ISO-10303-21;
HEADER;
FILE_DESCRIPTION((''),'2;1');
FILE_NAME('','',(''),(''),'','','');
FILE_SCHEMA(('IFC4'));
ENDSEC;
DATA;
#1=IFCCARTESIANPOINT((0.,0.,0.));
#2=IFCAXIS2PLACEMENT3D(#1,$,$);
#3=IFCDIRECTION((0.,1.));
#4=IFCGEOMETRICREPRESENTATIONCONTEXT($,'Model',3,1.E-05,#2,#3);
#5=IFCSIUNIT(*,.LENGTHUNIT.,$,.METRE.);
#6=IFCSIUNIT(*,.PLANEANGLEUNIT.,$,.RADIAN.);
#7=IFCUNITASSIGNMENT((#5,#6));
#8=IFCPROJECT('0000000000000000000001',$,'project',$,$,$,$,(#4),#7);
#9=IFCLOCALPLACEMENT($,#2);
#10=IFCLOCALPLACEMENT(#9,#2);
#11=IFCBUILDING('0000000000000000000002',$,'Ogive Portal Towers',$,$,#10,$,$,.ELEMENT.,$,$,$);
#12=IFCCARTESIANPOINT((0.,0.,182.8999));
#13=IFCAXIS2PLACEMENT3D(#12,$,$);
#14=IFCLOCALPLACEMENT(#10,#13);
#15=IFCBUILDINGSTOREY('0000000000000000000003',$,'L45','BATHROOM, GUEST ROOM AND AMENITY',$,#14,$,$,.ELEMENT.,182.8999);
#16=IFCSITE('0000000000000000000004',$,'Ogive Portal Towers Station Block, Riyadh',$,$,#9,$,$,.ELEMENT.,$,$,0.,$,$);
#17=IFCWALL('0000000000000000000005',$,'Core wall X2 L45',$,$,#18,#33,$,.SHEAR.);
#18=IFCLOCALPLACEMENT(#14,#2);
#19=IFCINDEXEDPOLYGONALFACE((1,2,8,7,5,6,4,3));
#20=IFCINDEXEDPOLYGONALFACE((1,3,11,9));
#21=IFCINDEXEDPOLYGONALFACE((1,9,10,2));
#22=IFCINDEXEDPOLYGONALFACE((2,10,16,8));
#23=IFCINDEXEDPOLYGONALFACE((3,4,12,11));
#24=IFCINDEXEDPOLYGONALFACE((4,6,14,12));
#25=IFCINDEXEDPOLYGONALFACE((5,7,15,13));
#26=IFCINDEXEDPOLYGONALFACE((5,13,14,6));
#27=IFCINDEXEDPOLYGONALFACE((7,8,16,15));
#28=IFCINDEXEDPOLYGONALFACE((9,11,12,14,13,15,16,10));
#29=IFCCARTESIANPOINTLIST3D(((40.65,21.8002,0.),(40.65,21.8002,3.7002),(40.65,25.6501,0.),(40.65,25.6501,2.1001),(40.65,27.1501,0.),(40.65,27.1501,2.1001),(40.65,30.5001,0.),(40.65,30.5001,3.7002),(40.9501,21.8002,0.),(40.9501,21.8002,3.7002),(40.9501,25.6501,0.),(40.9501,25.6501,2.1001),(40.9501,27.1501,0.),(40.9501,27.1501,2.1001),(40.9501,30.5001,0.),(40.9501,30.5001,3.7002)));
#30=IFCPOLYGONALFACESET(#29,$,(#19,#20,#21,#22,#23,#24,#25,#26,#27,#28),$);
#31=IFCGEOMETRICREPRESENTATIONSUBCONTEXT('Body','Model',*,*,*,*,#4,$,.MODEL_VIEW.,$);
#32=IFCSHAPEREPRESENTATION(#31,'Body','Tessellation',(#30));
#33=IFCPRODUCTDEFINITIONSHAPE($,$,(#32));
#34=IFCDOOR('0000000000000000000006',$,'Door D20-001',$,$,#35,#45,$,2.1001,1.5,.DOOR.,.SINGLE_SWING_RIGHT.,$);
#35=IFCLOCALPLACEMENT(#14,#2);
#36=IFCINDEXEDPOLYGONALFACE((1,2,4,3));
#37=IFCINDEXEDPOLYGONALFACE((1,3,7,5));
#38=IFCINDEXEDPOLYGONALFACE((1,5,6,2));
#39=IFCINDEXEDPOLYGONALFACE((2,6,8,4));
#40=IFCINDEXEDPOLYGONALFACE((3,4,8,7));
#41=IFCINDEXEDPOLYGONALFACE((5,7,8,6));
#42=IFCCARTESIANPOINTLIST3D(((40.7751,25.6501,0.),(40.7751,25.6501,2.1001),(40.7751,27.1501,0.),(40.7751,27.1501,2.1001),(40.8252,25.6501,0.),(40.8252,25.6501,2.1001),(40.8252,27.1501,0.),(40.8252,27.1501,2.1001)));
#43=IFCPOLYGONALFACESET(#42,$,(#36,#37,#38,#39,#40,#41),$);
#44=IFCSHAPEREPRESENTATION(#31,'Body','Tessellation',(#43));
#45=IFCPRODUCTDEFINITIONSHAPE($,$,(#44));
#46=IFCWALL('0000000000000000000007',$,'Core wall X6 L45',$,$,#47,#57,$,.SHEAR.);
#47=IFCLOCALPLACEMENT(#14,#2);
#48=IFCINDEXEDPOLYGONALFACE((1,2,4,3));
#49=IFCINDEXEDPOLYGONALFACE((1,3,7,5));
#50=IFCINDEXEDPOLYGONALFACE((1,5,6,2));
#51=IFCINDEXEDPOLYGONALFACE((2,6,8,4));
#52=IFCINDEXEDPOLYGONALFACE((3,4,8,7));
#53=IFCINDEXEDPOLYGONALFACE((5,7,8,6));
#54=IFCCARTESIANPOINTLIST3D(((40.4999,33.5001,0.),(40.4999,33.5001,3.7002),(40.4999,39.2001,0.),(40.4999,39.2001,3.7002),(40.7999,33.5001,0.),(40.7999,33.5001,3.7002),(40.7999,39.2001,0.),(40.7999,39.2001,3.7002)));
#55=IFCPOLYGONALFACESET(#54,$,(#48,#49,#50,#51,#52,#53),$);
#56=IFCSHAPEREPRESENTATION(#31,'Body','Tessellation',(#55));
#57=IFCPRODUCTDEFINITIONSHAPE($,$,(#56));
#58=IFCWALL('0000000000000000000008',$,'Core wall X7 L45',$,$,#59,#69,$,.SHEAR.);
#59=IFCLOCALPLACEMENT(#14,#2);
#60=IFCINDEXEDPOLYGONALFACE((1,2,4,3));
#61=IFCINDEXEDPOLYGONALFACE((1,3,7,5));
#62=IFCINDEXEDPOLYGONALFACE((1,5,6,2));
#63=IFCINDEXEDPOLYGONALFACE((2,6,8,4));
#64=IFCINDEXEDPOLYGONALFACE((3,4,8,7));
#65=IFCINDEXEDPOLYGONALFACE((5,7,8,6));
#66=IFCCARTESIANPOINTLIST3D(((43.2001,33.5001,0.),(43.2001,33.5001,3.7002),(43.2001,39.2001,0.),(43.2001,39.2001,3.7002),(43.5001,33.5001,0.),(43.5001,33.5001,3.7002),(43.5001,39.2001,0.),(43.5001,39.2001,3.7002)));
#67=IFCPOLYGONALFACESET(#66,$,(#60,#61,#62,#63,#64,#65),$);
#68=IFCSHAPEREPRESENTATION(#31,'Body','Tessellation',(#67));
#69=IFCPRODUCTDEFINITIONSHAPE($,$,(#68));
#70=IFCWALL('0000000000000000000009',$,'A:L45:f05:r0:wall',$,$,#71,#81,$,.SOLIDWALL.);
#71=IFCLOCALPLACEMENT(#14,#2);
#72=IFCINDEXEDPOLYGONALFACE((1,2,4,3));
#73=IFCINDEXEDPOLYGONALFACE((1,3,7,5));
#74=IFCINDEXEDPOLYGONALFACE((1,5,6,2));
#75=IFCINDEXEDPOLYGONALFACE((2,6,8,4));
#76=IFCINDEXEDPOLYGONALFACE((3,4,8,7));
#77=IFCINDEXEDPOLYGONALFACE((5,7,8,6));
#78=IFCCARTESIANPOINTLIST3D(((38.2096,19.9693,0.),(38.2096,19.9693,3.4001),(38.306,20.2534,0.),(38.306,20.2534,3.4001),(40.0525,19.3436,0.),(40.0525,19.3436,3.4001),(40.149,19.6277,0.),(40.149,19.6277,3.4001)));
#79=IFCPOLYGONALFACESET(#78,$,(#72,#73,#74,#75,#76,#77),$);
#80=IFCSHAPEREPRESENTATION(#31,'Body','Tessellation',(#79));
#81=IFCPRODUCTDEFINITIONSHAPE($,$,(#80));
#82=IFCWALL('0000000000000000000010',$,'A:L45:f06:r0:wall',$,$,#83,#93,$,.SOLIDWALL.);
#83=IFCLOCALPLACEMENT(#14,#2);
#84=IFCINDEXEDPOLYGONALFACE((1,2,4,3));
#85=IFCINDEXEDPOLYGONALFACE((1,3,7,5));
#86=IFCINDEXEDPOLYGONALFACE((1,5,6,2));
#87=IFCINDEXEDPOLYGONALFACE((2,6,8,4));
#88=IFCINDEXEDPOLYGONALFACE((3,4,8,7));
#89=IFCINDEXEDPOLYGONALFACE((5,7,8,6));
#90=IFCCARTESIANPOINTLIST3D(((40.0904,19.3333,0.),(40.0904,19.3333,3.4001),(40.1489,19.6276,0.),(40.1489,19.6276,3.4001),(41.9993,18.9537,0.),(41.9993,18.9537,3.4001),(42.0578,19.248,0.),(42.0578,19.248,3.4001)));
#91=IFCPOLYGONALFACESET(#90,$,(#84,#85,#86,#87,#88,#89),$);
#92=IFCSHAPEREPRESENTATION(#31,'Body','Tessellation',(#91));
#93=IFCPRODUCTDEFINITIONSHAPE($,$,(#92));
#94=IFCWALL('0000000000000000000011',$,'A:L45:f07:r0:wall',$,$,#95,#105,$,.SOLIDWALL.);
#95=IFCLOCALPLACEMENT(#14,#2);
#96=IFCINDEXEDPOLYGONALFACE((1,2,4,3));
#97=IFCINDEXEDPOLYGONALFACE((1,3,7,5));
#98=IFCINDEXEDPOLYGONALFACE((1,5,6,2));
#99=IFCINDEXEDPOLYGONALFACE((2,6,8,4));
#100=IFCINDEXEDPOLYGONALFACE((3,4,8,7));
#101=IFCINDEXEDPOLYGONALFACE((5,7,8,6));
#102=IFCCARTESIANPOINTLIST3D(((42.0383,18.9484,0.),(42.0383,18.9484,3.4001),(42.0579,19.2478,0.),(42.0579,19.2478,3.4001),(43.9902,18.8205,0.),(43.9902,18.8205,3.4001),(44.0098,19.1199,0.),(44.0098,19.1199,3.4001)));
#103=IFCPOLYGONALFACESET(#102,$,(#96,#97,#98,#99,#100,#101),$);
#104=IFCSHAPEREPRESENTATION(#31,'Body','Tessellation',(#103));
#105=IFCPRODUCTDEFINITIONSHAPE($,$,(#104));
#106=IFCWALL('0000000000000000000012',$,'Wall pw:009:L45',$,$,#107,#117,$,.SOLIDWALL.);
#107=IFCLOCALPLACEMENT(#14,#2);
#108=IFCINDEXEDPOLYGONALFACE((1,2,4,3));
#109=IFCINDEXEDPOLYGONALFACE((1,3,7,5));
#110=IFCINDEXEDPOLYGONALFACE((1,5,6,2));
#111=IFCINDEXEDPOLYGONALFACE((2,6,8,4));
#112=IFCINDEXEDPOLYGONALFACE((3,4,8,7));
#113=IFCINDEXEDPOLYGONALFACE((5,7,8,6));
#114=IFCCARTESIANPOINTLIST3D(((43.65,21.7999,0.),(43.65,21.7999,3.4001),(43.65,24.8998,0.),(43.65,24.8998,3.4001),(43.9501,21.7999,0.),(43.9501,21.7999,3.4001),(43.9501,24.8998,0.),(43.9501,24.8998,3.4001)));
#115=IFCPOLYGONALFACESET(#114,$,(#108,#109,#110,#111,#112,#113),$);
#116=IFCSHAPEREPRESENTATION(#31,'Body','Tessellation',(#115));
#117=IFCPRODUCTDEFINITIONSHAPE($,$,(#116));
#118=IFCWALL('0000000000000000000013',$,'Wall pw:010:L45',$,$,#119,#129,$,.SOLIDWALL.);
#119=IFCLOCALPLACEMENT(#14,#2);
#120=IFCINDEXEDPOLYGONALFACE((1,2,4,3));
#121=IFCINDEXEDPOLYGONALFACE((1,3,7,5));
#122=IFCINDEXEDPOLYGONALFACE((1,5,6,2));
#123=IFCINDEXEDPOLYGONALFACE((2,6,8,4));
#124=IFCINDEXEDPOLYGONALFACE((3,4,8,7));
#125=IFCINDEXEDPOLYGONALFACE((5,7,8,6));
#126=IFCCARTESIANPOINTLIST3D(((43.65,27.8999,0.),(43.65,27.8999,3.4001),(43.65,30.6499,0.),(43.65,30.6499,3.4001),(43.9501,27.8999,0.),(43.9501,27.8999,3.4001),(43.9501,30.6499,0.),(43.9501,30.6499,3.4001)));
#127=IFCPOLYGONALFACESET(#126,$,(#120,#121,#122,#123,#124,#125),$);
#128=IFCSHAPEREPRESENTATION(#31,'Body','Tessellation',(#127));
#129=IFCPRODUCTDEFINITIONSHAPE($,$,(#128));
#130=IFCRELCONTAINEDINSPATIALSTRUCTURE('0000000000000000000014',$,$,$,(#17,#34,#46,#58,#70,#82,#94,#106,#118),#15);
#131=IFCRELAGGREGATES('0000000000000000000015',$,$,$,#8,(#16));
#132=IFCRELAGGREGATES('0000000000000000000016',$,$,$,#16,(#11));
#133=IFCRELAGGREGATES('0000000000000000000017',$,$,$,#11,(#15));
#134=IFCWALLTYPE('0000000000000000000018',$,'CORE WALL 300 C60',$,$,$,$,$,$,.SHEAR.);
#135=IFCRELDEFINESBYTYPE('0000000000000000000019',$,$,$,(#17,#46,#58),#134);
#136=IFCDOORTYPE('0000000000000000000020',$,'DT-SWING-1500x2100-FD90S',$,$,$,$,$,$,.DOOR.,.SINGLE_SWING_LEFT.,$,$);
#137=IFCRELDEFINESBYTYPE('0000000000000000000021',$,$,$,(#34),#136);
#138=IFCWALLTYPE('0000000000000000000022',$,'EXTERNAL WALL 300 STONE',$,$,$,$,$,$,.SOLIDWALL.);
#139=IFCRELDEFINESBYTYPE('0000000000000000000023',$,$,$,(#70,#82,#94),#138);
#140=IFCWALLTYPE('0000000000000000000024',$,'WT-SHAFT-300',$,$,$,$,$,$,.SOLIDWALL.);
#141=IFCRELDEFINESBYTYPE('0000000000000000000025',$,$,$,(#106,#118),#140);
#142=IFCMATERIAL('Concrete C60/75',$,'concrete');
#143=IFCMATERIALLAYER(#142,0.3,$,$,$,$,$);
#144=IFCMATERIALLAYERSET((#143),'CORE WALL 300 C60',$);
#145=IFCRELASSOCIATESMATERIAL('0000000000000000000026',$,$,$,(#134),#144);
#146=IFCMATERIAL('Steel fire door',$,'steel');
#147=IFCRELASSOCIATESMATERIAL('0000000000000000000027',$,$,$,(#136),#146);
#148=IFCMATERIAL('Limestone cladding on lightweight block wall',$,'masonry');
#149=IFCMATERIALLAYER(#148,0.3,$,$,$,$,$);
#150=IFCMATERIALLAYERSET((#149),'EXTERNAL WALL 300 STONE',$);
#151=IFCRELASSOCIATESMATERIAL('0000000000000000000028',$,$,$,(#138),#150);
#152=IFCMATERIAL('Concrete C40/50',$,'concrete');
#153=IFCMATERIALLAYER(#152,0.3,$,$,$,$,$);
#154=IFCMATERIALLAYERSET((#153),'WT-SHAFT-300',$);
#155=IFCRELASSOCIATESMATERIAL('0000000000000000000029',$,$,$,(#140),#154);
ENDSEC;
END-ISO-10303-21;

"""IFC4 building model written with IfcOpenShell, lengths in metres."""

from ifc_helpers import new_model, si_unit, direction, frame, frame_2d, origin, place, context, subcontext, project, spatial, rectangle, extrude, material, layer, layer_set, type_object, element, fill, save


model = new_model("IFC4")

# Units and contexts
model_context = context("Model", 3, precision=1e-05, world=origin(), true_north=direction((0.0, 1.0)))
body_context = subcontext(model_context, "Body", "Model", "MODEL_VIEW")
ifc_project = project(units=[si_unit("LENGTHUNIT", "METRE"), si_unit("PLANEANGLEUNIT", "RADIAN")], contexts=[model_context])

# Site, building, storey
site_placement = place(None, origin())
site = spatial("IfcSite", under=ifc_project, at=site_placement, Name="Ogive Portal Towers Station Block, Riyadh", CompositionType="ELEMENT", RefElevation=0.0)
building_placement = place(site_placement, origin())
building = spatial("IfcBuilding", under=site, at=building_placement, Name="Ogive Portal Towers", CompositionType="ELEMENT")
storey_placement = place(building_placement, frame((0.0, 0.0, 182.8999)))
storey = spatial("IfcBuildingStorey", under=building, at=storey_placement, Name="L45", Description="BATHROOM, GUEST ROOM AND AMENITY", CompositionType="ELEMENT", Elevation=182.8999)

# Wall, opening, door
ifc_material_1 = material(Name="Concrete C60/75", Category="concrete")
ifc_layer_1 = layer(ifc_material_1, 0.3)
ifc_layer_set_1 = layer_set([ifc_layer_1], Name="CORE WALL 300 C60")
wall_type_1 = type_object("IfcWallType", Name="CORE WALL 300 C60", PredefinedType="SHEAR", material=ifc_layer_set_1)
wall_1_placement = place(storey_placement, frame((40.8, 21.8, 0.0), z_axis=(0.0, 0.0, 1.0), x_axis=(0.0, 1.0, 0.0)))
wall_1 = element("IfcWall", 1, at=wall_1_placement, inside=storey, type_object=wall_type_1, Name="Core wall X2 L45", PredefinedType="SHEAR", context=body_context, shape_type="SweptSolid", body=[
    extrude(rectangle(XDim=8.7, YDim=0.3, at=frame_2d((4.3501, 0.0))), origin(), (0.0, 0.0, 1.0), 3.7002),
])
opening_1_placement = place(wall_1_placement, frame((3.8501, 0.0, 0.0)))
opening_1 = element("IfcOpeningElement", 2, at=opening_1_placement, cuts=wall_1, PredefinedType="OPENING", context=body_context, shape_type="SweptSolid", body=[
    extrude(rectangle(XDim=1.5, YDim=2.1001, at=frame_2d((0.75, 1.05))), frame((0.0, 0.1602, 0.0), z_axis=(0.0, -1.0, 0.0), x_axis=(1.0, 0.0, 0.0)), (0.0, 0.0, 1.0), 0.3201),
])
ifc_material_2 = material(Name="Steel fire door", Category="steel")
door_type_1 = type_object("IfcDoorType", Name="DT-SWING-1500x2100-FD90S", OperationType="SINGLE_SWING_LEFT", PredefinedType="DOOR", material=ifc_material_2)
door_1_placement = place(opening_1_placement, origin())
door_1 = element("IfcDoor", 3, at=door_1_placement, inside=storey, type_object=door_type_1, Name="Door D20-001", OperationType="SINGLE_SWING_RIGHT", OverallHeight=2.1001, OverallWidth=1.5, PredefinedType="DOOR", context=body_context, shape_type="SweptSolid", body=[
    extrude(rectangle(XDim=1.5, YDim=2.1001, at=frame_2d((0.75, 1.05))), frame((0.0, 0.0249, 0.0), z_axis=(0.0, -1.0, 0.0), x_axis=(1.0, 0.0, 0.0)), (0.0, 0.0, 1.0), 0.05),
])
fill(opening_1, door_1)

# Walls
for number, where, z_axis, x_axis, name in (
    (4, (40.6499, 33.5, 0.0), (0.0, 0.0, 1.0), (0.0, 1.0, 0.0), "Core wall X6 L45"),
    (5, (43.3501, 33.5, 0.0), (0.0, 0.0, 1.0), (0.0, 1.0, 0.0), "Core wall X7 L45"),
):
    element("IfcWall", number, at=place(storey_placement, frame(where, z_axis=z_axis, x_axis=x_axis)), inside=storey, type_object=wall_type_1, Name=name, PredefinedType="SHEAR", context=body_context, shape_type="SweptSolid", body=[
        extrude(rectangle(XDim=5.7, YDim=0.3, at=frame_2d((2.8501, 0.0))), origin(), (0.0, 0.0, 1.0), 3.7002),
    ])
ifc_material_3 = material(Name="Limestone cladding on lightweight block wall", Category="masonry")
ifc_layer_2 = layer(ifc_material_3, 0.3)
ifc_layer_set_2 = layer_set([ifc_layer_2], Name="EXTERNAL WALL 300 STONE")
wall_type_2 = type_object("IfcWallType", Name="EXTERNAL WALL 300 STONE", PredefinedType="SOLIDWALL", material=ifc_layer_set_2)
for number, where, z_axis, x_axis, name in (
    (6, (38.2578, 20.1113, 0.0), (0.0, 0.0, 1.0), (0.946913, -0.321491, 0.0), "A:L45:f05:r0:wall"),
    (7, (40.1196, 19.4805, 0.0), (0.0, 0.0, 1.0), (0.980792, -0.195055, 0.0), "A:L45:f06:r0:wall"),
):
    element("IfcWall", number, at=place(storey_placement, frame(where, z_axis=z_axis, x_axis=x_axis)), inside=storey, type_object=wall_type_2, Name=name, PredefinedType="SOLIDWALL", context=body_context, shape_type="SweptSolid", body=[
        extrude(rectangle(XDim=1.9463, YDim=0.3, at=frame_2d((0.9731, 0.0))), origin(), (0.0, 0.0, 1.0), 3.4001),
    ])
wall_2_placement = place(storey_placement, frame((42.0481, 19.0981, 0.0), z_axis=(0.0, 0.0, 1.0), x_axis=(0.997859, -0.065401, 0.0)))
element("IfcWall", 8, at=wall_2_placement, inside=storey, type_object=wall_type_2, Name="A:L45:f07:r0:wall", PredefinedType="SOLIDWALL", context=body_context, shape_type="SweptSolid", body=[
    extrude(rectangle(XDim=1.9561, YDim=0.3, at=frame_2d((0.978, 0.0))), origin(), (0.0, 0.0, 1.0), 3.4001),
])

# Shared definitions
ifc_material_4 = material(Name="Concrete C40/50", Category="concrete")
ifc_layer_3 = layer(ifc_material_4, 0.3)
ifc_layer_set_3 = layer_set([ifc_layer_3], Name="WT-SHAFT-300")
wall_type_3 = type_object("IfcWallType", Name="WT-SHAFT-300", PredefinedType="SOLIDWALL", material=ifc_layer_set_3)

# Walls
wall_3_placement = place(storey_placement, frame((43.8, 21.8, 0.0), z_axis=(0.0, 0.0, 1.0), x_axis=(0.0, 1.0, 0.0)))
element("IfcWall", 9, at=wall_3_placement, inside=storey, type_object=wall_type_3, Name="Wall pw:009:L45", PredefinedType="SOLIDWALL", context=body_context, shape_type="SweptSolid", body=[
    extrude(rectangle(XDim=3.0999, YDim=0.3, at=frame_2d((1.5498, 0.0))), origin(), (0.0, 0.0, 1.0), 3.4001),
])
wall_4_placement = place(storey_placement, frame((43.8, 27.8999, 0.0), z_axis=(0.0, 0.0, 1.0), x_axis=(0.0, 1.0, 0.0)))
element("IfcWall", 10, at=wall_4_placement, inside=storey, type_object=wall_type_3, Name="Wall pw:010:L45", PredefinedType="SOLIDWALL", context=body_context, shape_type="SweptSolid", body=[
    extrude(rectangle(XDim=2.75, YDim=0.3, at=frame_2d((1.375, 0.0))), origin(), (0.0, 0.0, 1.0), 3.4001),
])

save(model, "model.ifc")
